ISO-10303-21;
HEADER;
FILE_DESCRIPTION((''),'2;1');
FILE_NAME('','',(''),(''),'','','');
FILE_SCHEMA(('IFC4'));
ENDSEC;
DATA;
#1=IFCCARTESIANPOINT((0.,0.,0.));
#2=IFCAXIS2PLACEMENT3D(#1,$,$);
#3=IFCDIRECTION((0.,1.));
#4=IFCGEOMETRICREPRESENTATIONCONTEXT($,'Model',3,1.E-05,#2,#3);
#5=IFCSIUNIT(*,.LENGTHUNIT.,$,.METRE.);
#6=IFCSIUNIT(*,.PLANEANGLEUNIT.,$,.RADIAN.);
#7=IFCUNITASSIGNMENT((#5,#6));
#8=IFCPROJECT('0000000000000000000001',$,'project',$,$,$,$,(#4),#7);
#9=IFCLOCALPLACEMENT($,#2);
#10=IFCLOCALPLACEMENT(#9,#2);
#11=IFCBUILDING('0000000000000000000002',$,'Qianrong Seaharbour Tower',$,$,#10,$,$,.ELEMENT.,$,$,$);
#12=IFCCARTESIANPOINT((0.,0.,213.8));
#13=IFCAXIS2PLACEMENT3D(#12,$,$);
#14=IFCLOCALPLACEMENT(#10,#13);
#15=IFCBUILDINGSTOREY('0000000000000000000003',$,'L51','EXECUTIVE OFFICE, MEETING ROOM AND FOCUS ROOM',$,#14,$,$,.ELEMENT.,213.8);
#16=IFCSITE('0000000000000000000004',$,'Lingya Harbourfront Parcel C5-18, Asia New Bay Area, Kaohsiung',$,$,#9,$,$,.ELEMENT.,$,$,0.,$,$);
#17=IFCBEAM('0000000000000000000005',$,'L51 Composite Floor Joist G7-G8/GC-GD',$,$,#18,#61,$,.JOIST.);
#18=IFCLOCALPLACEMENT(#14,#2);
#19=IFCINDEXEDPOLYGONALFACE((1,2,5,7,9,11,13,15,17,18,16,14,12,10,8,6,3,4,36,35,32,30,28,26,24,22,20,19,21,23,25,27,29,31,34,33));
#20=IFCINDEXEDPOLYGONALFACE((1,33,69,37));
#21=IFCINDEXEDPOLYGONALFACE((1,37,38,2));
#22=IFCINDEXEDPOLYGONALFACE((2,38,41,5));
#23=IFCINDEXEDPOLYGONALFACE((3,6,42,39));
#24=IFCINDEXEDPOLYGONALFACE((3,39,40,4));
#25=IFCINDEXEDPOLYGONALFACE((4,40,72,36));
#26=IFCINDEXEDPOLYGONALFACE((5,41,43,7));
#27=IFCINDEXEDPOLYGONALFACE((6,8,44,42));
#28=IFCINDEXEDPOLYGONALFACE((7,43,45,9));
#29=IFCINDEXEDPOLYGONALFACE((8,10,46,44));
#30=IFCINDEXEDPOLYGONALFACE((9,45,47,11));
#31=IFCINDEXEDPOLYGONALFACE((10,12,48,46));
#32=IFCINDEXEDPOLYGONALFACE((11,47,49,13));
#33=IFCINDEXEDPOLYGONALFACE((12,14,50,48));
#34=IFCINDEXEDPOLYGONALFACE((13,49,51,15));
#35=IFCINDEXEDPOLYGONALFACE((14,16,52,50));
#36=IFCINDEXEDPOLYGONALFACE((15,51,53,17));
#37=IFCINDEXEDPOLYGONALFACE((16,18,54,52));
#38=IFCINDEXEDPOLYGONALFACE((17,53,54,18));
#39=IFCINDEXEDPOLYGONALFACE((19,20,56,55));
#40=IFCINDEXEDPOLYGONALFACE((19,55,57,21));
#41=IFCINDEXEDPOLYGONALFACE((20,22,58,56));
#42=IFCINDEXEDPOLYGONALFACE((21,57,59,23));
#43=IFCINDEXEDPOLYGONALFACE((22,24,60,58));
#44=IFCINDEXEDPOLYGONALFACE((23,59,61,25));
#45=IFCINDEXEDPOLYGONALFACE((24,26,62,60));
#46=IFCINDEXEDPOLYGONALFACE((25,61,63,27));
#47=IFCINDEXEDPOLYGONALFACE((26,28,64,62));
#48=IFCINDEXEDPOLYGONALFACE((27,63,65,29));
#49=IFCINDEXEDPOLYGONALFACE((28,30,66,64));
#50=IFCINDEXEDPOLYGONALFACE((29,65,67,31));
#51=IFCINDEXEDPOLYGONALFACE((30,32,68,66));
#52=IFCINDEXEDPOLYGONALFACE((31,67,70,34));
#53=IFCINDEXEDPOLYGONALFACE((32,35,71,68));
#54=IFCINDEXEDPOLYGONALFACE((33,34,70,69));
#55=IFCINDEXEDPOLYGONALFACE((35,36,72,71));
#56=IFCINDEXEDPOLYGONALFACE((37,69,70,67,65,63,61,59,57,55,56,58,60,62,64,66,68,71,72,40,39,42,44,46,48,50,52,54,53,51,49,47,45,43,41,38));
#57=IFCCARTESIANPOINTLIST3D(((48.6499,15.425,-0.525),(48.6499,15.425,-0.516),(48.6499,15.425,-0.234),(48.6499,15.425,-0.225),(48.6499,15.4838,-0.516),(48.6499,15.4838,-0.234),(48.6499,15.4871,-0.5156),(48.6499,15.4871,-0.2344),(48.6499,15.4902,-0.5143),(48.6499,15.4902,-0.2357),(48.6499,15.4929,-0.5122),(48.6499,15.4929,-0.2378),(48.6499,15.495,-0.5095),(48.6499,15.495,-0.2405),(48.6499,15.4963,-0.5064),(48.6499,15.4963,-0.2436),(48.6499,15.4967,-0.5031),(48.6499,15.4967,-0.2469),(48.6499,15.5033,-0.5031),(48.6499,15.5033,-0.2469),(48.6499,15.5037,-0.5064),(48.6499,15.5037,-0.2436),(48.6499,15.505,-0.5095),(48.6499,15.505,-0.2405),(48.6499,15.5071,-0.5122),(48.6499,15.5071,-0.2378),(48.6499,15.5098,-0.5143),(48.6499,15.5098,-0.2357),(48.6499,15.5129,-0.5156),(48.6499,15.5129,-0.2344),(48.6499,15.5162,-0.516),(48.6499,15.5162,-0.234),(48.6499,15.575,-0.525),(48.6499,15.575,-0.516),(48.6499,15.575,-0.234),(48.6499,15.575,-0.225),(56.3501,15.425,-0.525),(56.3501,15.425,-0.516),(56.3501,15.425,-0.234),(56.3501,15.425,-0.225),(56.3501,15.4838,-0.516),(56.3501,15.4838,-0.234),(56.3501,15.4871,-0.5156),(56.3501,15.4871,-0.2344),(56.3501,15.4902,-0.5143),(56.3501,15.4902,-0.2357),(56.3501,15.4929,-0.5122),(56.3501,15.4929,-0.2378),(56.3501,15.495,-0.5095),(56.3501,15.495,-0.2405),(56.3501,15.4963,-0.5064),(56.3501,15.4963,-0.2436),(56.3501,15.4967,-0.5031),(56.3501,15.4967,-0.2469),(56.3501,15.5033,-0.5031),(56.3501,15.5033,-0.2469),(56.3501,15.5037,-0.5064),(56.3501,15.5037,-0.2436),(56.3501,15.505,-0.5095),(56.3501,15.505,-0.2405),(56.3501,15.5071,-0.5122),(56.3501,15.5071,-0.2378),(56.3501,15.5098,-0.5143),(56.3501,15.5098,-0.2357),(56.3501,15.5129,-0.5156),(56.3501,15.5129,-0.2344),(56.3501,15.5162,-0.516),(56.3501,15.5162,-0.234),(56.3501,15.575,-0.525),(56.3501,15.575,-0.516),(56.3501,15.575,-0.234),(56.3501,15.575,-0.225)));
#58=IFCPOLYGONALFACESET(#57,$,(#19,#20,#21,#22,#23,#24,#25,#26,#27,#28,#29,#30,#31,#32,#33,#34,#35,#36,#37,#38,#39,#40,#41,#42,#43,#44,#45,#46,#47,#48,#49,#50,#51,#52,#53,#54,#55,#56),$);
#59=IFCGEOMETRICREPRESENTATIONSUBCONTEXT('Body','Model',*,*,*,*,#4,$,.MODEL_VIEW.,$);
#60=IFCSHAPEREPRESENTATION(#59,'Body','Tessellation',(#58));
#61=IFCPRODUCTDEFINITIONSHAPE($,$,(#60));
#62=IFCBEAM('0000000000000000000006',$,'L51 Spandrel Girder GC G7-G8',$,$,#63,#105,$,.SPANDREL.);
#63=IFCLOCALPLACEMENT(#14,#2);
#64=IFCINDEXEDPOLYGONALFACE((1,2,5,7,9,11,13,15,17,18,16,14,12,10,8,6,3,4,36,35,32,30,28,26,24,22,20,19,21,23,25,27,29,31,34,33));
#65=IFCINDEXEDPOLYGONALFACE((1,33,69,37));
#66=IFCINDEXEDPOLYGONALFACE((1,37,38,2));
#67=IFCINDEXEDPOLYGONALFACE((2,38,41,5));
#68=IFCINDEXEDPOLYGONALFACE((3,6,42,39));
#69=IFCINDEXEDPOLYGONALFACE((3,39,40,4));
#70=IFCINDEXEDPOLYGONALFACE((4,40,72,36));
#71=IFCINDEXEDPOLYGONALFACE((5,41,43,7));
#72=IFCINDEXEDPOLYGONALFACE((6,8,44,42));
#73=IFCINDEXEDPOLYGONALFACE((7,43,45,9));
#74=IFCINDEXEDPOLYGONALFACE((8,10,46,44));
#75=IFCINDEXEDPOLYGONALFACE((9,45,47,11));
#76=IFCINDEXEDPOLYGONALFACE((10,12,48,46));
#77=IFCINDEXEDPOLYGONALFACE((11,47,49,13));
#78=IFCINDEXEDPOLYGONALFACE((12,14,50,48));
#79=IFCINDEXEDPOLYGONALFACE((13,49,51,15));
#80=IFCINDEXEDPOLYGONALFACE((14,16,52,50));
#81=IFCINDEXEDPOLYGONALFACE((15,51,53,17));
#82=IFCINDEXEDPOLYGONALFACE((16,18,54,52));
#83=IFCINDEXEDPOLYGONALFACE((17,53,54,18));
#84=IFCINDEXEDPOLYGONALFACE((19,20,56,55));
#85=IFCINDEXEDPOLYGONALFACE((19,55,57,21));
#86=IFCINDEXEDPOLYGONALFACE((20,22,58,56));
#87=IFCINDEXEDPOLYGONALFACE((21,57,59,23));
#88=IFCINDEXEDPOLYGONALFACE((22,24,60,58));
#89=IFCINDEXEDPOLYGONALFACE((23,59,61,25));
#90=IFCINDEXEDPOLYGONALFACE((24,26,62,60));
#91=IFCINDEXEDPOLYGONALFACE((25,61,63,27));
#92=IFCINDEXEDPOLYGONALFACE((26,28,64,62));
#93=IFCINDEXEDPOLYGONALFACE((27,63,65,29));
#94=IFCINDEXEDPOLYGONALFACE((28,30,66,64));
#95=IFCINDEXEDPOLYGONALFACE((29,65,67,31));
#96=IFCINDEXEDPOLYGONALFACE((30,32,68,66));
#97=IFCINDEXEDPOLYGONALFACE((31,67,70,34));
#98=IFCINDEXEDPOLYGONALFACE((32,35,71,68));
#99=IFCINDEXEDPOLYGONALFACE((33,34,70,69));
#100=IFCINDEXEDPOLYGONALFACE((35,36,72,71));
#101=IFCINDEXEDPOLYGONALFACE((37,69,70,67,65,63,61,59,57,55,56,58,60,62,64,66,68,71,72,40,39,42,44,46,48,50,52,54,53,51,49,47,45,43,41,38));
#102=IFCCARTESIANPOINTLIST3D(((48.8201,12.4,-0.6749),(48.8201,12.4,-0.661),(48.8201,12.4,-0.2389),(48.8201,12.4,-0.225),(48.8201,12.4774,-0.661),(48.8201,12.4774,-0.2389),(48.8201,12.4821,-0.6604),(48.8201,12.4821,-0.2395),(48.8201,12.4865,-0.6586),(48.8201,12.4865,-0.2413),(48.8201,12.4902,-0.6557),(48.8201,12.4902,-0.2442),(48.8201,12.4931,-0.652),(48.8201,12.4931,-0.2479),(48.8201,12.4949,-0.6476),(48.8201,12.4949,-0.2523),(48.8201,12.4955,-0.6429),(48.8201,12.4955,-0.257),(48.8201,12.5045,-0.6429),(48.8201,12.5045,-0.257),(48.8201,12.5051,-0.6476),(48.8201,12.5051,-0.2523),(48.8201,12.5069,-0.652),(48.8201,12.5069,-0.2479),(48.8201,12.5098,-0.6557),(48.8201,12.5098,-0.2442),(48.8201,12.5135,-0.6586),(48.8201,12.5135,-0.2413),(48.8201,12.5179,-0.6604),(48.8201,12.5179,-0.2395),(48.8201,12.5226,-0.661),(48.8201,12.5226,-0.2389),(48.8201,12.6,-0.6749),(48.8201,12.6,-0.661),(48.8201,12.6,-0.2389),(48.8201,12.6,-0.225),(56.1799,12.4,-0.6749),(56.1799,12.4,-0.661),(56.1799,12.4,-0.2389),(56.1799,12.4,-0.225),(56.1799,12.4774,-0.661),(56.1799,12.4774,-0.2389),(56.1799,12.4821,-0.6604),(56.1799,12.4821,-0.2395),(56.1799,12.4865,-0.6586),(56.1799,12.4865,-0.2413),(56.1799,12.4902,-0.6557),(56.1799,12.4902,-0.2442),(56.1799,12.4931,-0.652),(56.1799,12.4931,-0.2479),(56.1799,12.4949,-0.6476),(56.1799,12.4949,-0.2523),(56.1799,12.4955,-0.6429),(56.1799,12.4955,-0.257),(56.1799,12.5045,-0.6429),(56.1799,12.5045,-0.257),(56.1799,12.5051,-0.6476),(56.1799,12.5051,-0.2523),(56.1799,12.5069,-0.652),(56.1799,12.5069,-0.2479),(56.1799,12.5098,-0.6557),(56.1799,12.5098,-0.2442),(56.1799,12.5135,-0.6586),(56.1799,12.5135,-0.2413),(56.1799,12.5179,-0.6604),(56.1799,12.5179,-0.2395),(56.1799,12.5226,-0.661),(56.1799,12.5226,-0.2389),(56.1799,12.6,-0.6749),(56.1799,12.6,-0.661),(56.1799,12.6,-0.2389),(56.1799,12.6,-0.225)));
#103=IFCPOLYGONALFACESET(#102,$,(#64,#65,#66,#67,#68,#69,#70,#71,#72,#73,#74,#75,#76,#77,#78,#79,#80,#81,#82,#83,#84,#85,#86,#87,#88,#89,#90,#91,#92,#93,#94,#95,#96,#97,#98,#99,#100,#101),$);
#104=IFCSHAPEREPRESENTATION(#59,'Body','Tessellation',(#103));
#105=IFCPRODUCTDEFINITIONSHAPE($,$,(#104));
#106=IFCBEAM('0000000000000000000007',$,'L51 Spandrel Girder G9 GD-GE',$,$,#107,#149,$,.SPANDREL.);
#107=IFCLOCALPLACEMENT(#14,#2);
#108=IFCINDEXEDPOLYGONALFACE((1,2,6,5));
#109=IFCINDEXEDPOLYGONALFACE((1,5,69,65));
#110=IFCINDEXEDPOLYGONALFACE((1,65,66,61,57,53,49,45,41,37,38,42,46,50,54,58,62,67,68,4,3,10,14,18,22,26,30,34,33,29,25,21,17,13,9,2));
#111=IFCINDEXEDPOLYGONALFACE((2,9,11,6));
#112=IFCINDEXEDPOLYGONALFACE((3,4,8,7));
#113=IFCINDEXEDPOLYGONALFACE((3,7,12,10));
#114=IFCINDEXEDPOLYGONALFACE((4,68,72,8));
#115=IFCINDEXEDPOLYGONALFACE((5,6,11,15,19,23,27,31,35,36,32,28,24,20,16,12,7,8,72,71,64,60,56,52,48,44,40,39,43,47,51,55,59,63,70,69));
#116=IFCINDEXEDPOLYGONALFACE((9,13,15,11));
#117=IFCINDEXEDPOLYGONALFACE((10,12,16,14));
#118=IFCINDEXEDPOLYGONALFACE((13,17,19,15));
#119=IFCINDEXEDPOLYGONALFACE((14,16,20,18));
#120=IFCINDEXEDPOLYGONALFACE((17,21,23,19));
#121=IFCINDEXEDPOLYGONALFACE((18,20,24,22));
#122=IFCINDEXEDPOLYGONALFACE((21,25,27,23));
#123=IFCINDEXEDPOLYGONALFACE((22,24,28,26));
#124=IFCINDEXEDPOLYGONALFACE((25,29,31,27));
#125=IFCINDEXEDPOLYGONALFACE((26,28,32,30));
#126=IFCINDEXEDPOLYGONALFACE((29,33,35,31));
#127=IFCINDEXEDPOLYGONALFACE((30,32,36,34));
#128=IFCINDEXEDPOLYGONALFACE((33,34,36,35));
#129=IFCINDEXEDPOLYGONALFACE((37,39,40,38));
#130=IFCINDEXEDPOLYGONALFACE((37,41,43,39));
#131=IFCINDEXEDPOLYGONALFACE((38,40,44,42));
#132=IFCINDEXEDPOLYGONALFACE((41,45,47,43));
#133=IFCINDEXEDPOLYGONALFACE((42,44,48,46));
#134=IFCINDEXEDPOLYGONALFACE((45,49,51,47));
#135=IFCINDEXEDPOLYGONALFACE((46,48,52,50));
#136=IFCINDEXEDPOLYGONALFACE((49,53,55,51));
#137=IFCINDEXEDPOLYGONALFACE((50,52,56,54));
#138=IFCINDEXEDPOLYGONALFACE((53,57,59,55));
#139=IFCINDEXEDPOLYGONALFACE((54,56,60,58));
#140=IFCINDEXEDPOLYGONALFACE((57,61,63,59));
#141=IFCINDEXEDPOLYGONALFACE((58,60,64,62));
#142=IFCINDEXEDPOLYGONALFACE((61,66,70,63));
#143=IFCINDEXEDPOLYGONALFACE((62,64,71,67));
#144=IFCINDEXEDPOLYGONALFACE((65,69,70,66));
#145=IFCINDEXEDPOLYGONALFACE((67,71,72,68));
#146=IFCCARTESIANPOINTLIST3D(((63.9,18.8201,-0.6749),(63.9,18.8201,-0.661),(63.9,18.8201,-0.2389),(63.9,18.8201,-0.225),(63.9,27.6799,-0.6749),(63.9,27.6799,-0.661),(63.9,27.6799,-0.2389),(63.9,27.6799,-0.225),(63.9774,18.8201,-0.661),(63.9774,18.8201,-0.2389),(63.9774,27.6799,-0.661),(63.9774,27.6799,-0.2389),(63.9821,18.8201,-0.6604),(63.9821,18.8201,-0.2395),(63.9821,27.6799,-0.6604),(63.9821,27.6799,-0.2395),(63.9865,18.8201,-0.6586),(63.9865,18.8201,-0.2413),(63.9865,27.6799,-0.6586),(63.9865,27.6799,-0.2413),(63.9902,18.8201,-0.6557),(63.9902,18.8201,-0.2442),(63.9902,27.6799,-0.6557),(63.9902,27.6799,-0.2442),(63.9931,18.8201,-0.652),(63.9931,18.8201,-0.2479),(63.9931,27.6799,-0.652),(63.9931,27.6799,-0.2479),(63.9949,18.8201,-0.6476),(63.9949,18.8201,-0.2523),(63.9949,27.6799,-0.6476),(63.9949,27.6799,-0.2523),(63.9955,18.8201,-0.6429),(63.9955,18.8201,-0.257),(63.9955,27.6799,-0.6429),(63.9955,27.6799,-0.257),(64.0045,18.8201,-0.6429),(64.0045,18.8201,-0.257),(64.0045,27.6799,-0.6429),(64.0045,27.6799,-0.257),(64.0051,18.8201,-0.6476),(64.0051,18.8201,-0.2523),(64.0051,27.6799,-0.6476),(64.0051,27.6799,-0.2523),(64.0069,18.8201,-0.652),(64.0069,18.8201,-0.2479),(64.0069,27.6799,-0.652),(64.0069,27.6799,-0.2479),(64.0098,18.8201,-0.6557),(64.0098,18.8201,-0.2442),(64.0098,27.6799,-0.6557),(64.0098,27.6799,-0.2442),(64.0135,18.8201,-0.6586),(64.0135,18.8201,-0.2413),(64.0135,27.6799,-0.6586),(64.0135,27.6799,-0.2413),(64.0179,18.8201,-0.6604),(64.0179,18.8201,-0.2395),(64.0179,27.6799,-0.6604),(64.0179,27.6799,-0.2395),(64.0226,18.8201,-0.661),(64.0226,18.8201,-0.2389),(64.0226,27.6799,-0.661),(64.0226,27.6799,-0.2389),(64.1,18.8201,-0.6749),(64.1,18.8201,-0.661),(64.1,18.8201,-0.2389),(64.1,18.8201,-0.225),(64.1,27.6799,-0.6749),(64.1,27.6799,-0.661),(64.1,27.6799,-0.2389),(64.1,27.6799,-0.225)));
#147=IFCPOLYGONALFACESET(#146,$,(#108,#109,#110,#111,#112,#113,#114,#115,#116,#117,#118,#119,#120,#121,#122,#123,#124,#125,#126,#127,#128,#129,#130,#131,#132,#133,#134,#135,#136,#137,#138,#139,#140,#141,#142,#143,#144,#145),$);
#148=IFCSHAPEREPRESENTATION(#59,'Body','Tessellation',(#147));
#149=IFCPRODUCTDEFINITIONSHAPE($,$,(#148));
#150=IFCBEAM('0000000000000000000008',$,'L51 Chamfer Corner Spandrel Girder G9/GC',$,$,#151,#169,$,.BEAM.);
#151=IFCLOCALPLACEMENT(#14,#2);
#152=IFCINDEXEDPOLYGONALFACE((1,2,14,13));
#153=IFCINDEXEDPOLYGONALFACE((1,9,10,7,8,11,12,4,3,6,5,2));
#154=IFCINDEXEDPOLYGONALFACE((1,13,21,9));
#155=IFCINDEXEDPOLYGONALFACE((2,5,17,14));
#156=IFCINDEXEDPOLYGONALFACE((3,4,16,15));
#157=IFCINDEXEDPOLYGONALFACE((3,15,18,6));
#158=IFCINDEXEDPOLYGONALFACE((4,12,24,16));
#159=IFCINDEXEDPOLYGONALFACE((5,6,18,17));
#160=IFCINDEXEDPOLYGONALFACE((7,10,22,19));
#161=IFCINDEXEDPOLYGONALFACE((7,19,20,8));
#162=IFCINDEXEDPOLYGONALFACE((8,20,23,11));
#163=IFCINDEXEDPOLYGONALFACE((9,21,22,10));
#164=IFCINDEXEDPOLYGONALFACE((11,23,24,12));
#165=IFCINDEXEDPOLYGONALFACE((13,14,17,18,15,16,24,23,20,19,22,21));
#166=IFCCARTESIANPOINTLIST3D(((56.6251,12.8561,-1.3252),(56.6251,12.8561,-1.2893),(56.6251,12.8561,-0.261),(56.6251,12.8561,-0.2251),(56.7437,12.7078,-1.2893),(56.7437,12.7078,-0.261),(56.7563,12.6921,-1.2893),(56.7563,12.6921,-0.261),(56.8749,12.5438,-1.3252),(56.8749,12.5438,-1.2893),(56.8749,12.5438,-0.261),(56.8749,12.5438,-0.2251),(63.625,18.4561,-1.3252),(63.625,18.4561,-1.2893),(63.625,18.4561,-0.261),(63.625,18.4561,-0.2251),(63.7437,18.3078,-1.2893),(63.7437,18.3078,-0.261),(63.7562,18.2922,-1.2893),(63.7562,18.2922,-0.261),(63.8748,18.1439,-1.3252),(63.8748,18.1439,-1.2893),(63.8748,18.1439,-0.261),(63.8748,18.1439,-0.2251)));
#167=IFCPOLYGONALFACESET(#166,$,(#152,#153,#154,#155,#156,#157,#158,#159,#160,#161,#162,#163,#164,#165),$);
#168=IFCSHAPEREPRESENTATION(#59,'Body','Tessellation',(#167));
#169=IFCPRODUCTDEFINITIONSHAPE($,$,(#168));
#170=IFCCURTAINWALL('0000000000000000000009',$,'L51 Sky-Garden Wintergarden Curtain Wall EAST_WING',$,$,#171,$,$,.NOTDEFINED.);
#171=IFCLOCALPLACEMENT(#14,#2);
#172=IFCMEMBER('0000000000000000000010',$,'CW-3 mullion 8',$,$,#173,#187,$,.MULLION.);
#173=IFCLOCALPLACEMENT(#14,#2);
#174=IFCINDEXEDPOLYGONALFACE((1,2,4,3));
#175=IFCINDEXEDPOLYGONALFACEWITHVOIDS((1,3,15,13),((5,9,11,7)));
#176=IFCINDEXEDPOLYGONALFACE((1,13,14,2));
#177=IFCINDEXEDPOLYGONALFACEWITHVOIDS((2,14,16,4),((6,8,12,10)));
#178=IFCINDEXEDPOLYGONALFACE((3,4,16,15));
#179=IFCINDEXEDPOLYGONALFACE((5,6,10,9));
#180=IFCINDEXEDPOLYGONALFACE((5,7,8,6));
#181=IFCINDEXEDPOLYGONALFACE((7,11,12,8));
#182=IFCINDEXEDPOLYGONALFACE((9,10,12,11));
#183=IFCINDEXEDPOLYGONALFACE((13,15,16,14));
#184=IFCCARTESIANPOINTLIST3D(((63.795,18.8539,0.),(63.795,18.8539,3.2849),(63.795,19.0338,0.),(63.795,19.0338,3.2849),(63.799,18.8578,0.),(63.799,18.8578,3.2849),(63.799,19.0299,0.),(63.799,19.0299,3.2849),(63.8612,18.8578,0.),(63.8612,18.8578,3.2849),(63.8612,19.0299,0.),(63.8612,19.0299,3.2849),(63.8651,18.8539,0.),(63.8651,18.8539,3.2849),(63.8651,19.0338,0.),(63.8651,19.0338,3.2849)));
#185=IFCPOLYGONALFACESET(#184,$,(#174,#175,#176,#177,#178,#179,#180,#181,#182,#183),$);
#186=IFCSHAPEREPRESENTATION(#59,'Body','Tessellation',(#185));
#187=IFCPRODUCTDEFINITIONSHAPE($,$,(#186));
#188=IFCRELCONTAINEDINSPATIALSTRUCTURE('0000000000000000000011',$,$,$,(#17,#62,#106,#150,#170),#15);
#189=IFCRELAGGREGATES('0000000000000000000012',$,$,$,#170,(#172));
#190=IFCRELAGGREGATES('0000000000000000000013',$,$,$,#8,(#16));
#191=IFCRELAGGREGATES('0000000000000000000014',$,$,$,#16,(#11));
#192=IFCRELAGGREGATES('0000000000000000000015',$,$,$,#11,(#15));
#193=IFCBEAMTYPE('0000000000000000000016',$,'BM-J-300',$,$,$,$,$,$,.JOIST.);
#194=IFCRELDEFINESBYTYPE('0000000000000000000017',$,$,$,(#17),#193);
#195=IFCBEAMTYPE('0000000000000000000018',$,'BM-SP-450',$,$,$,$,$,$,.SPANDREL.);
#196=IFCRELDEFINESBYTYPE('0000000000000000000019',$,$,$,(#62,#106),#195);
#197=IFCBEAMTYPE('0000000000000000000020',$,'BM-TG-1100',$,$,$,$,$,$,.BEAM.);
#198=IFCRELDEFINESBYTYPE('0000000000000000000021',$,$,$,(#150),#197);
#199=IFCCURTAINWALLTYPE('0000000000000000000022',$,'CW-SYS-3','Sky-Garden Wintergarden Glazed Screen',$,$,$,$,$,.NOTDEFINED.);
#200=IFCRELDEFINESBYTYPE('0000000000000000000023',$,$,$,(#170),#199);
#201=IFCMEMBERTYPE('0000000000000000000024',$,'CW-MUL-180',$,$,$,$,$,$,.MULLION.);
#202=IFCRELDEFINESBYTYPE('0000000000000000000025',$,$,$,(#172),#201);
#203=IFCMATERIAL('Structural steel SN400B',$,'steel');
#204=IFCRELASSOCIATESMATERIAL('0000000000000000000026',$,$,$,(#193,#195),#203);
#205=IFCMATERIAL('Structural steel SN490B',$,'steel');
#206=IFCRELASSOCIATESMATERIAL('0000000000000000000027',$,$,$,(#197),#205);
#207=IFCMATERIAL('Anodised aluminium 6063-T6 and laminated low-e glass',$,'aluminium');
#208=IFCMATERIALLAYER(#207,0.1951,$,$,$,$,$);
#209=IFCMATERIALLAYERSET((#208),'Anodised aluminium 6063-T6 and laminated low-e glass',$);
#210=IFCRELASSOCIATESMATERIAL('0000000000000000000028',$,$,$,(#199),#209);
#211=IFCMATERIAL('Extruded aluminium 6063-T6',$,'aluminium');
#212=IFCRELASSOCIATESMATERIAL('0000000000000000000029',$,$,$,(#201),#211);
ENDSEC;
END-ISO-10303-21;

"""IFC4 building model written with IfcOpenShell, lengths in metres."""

from ifc_helpers import new_model, si_unit, direction, frame, origin, origin_2d, place, context, subcontext, project, spatial, hollow_rectangle, i_section, extrude, material, layer, layer_set, material_profile, profile_set, type_object, element, aggregate, save


model = new_model("IFC4")

# Units and contexts
model_context = context("Model", 3, precision=1e-05, world=origin(), true_north=direction((0.0, 1.0)))
body_context = subcontext(model_context, "Body", "Model", "MODEL_VIEW")
ifc_project = project(units=[si_unit("LENGTHUNIT", "METRE"), si_unit("PLANEANGLEUNIT", "RADIAN")], contexts=[model_context])

# Site, building, storey
site_placement = place(None, origin())
site = spatial("IfcSite", under=ifc_project, at=site_placement, Name="Lingya Harbourfront Parcel C5-18, Asia New Bay Area, Kaohsiung", CompositionType="ELEMENT", RefElevation=0.0)
building_placement = place(site_placement, origin())
building = spatial("IfcBuilding", under=site, at=building_placement, Name="Qianrong Seaharbour Tower", CompositionType="ELEMENT")
storey_placement = place(building_placement, frame((0.0, 0.0, 213.8)))
storey = spatial("IfcBuildingStorey", under=building, at=storey_placement, Name="L51", Description="EXECUTIVE OFFICE, MEETING ROOM AND FOCUS ROOM", CompositionType="ELEMENT", Elevation=213.8)

# Shared definitions
ifc_material_1 = material(Name="Structural steel SN490B", Category="steel")

# Beams
ifc_material_2 = material(Name="Structural steel SN400B", Category="steel")
ifc_material_profile_1 = material_profile(ifc_material_2, i_section(OverallWidth=0.1499, OverallDepth=0.3, WebThickness=0.0066, FlangeThickness=0.009, FilletRadius=0.0129, at=origin_2d()), Name="H300x150x6.5x9")
ifc_profile_set_1 = profile_set([ifc_material_profile_1], Name="Structural steel SN400B")
beam_type_1 = type_object("IfcBeamType", Name="BM-J-300", PredefinedType="JOIST", material=ifc_profile_set_1)
beam_1_placement = place(storey_placement, frame((48.6499, 15.5, -0.375), z_axis=(1.0, 0.0, 0.0), x_axis=(0.0, 1.0, 0.0)))
element("IfcBeam", 1, at=beam_1_placement, inside=storey, type_object=beam_type_1, Name="L51 Composite Floor Joist G7-G8/GC-GD", PredefinedType="JOIST", context=body_context, shape_type="SweptSolid", body=[
    extrude(i_section(OverallWidth=0.1499, OverallDepth=0.3, WebThickness=0.0066, FlangeThickness=0.009, FilletRadius=0.0129, at=origin_2d()), origin(), (0.0, 0.0, 1.0), 7.7002),
])
ifc_material_profile_2 = material_profile(ifc_material_2, i_section(OverallWidth=0.2, OverallDepth=0.45, WebThickness=0.009, FlangeThickness=0.0139, FilletRadius=0.0181, at=origin_2d()), Name="H450x200x9x14")
ifc_profile_set_2 = profile_set([ifc_material_profile_2], Name="Structural steel SN400B")
beam_type_2 = type_object("IfcBeamType", Name="BM-SP-450", PredefinedType="SPANDREL", material=ifc_profile_set_2)
beam_2_placement = place(storey_placement, frame((48.8201, 12.5, -0.45), z_axis=(1.0, 0.0, 0.0), x_axis=(0.0, 1.0, 0.0)))
element("IfcBeam", 2, at=beam_2_placement, inside=storey, type_object=beam_type_2, Name="L51 Spandrel Girder GC G7-G8", PredefinedType="SPANDREL", context=body_context, shape_type="SweptSolid", body=[
    extrude(i_section(OverallWidth=0.2, OverallDepth=0.45, WebThickness=0.009, FlangeThickness=0.0139, FilletRadius=0.0181, at=origin_2d()), origin(), (0.0, 0.0, 1.0), 7.3599),
])
beam_3_placement = place(storey_placement, frame((64.0, 18.8201, -0.45), z_axis=(0.0, 1.0, 0.0), x_axis=(-1.0, 0.0, 0.0)))
element("IfcBeam", 3, at=beam_3_placement, inside=storey, type_object=beam_type_2, Name="L51 Spandrel Girder G9 GD-GE", PredefinedType="SPANDREL", context=body_context, shape_type="SweptSolid", body=[
    extrude(i_section(OverallWidth=0.2, OverallDepth=0.45, WebThickness=0.009, FlangeThickness=0.0139, FilletRadius=0.0181, at=origin_2d()), origin(), (0.0, 0.0, 1.0), 8.8599),
])
ifc_material_profile_3 = material_profile(ifc_material_1, i_section(OverallWidth=0.3999, OverallDepth=1.1001, WebThickness=0.02, FlangeThickness=0.0359, at=origin_2d()), Name="BH1100x400x20x36")
ifc_profile_set_3 = profile_set([ifc_material_profile_3], Name="Structural steel SN490B")
beam_type_3 = type_object("IfcBeamType", Name="BM-TG-1100", PredefinedType="BEAM", material=ifc_profile_set_3)
beam_4_placement = place(storey_placement, frame((56.75, 12.7, -0.7751), z_axis=(0.780863, 0.624702, 0.0), x_axis=(-0.624702, 0.780863, 0.0)))
element("IfcBeam", 4, at=beam_4_placement, inside=storey, type_object=beam_type_3, Name="L51 Chamfer Corner Spandrel Girder G9/GC", PredefinedType="BEAM", context=body_context, shape_type="SweptSolid", body=[
    extrude(i_section(OverallWidth=0.3999, OverallDepth=1.1001, WebThickness=0.02, FlangeThickness=0.0359, at=origin_2d()), origin(), (0.0, 0.0, 1.0), 8.9644),
])

# Curtain wall, member
ifc_material_3 = material(Name="Anodised aluminium 6063-T6 and laminated low-e glass", Category="aluminium")
ifc_layer_1 = layer(ifc_material_3, 0.1951)
ifc_layer_set_1 = layer_set([ifc_layer_1], Name="Anodised aluminium 6063-T6 and laminated low-e glass")
curtain_wall_type = type_object("IfcCurtainWallType", Name="CW-SYS-3", Description="Sky-Garden Wintergarden Glazed Screen", PredefinedType="NOTDEFINED", material=ifc_layer_set_1)
curtain_wall_placement = place(storey_placement, origin())
curtain_wall = element("IfcCurtainWall", 5, at=curtain_wall_placement, inside=storey, type_object=curtain_wall_type, Name="L51 Sky-Garden Wintergarden Curtain Wall EAST_WING", PredefinedType="NOTDEFINED")
ifc_material_4 = material(Name="Extruded aluminium 6063-T6", Category="aluminium")
ifc_material_profile_4 = material_profile(ifc_material_4, hollow_rectangle(XDim=0.0701, YDim=0.1799, WallThickness=0.0039, at=origin_2d()), Name="ALU-MUL-180x70x4")
ifc_profile_set_4 = profile_set([ifc_material_profile_4], Name="Extruded aluminium 6063-T6")
member_type_1 = type_object("IfcMemberType", Name="CW-MUL-180", PredefinedType="MULLION", material=ifc_profile_set_4)
member_1_placement = place(storey_placement, frame((63.8301, 18.9438, 0.0), z_axis=(0.0, 0.0, 1.0), x_axis=(1.0, 0.0, 0.0)))
member_1 = element("IfcMember", 6, at=member_1_placement, type_object=member_type_1, Name="CW-3 mullion 8", PredefinedType="MULLION", context=body_context, shape_type="SweptSolid", body=[
    extrude(hollow_rectangle(XDim=0.0701, YDim=0.1799, WallThickness=0.0039, at=origin_2d()), origin(), (0.0, 0.0, 1.0), 3.2849),
])
aggregate(curtain_wall, [member_1])

save(model, "model.ifc")
